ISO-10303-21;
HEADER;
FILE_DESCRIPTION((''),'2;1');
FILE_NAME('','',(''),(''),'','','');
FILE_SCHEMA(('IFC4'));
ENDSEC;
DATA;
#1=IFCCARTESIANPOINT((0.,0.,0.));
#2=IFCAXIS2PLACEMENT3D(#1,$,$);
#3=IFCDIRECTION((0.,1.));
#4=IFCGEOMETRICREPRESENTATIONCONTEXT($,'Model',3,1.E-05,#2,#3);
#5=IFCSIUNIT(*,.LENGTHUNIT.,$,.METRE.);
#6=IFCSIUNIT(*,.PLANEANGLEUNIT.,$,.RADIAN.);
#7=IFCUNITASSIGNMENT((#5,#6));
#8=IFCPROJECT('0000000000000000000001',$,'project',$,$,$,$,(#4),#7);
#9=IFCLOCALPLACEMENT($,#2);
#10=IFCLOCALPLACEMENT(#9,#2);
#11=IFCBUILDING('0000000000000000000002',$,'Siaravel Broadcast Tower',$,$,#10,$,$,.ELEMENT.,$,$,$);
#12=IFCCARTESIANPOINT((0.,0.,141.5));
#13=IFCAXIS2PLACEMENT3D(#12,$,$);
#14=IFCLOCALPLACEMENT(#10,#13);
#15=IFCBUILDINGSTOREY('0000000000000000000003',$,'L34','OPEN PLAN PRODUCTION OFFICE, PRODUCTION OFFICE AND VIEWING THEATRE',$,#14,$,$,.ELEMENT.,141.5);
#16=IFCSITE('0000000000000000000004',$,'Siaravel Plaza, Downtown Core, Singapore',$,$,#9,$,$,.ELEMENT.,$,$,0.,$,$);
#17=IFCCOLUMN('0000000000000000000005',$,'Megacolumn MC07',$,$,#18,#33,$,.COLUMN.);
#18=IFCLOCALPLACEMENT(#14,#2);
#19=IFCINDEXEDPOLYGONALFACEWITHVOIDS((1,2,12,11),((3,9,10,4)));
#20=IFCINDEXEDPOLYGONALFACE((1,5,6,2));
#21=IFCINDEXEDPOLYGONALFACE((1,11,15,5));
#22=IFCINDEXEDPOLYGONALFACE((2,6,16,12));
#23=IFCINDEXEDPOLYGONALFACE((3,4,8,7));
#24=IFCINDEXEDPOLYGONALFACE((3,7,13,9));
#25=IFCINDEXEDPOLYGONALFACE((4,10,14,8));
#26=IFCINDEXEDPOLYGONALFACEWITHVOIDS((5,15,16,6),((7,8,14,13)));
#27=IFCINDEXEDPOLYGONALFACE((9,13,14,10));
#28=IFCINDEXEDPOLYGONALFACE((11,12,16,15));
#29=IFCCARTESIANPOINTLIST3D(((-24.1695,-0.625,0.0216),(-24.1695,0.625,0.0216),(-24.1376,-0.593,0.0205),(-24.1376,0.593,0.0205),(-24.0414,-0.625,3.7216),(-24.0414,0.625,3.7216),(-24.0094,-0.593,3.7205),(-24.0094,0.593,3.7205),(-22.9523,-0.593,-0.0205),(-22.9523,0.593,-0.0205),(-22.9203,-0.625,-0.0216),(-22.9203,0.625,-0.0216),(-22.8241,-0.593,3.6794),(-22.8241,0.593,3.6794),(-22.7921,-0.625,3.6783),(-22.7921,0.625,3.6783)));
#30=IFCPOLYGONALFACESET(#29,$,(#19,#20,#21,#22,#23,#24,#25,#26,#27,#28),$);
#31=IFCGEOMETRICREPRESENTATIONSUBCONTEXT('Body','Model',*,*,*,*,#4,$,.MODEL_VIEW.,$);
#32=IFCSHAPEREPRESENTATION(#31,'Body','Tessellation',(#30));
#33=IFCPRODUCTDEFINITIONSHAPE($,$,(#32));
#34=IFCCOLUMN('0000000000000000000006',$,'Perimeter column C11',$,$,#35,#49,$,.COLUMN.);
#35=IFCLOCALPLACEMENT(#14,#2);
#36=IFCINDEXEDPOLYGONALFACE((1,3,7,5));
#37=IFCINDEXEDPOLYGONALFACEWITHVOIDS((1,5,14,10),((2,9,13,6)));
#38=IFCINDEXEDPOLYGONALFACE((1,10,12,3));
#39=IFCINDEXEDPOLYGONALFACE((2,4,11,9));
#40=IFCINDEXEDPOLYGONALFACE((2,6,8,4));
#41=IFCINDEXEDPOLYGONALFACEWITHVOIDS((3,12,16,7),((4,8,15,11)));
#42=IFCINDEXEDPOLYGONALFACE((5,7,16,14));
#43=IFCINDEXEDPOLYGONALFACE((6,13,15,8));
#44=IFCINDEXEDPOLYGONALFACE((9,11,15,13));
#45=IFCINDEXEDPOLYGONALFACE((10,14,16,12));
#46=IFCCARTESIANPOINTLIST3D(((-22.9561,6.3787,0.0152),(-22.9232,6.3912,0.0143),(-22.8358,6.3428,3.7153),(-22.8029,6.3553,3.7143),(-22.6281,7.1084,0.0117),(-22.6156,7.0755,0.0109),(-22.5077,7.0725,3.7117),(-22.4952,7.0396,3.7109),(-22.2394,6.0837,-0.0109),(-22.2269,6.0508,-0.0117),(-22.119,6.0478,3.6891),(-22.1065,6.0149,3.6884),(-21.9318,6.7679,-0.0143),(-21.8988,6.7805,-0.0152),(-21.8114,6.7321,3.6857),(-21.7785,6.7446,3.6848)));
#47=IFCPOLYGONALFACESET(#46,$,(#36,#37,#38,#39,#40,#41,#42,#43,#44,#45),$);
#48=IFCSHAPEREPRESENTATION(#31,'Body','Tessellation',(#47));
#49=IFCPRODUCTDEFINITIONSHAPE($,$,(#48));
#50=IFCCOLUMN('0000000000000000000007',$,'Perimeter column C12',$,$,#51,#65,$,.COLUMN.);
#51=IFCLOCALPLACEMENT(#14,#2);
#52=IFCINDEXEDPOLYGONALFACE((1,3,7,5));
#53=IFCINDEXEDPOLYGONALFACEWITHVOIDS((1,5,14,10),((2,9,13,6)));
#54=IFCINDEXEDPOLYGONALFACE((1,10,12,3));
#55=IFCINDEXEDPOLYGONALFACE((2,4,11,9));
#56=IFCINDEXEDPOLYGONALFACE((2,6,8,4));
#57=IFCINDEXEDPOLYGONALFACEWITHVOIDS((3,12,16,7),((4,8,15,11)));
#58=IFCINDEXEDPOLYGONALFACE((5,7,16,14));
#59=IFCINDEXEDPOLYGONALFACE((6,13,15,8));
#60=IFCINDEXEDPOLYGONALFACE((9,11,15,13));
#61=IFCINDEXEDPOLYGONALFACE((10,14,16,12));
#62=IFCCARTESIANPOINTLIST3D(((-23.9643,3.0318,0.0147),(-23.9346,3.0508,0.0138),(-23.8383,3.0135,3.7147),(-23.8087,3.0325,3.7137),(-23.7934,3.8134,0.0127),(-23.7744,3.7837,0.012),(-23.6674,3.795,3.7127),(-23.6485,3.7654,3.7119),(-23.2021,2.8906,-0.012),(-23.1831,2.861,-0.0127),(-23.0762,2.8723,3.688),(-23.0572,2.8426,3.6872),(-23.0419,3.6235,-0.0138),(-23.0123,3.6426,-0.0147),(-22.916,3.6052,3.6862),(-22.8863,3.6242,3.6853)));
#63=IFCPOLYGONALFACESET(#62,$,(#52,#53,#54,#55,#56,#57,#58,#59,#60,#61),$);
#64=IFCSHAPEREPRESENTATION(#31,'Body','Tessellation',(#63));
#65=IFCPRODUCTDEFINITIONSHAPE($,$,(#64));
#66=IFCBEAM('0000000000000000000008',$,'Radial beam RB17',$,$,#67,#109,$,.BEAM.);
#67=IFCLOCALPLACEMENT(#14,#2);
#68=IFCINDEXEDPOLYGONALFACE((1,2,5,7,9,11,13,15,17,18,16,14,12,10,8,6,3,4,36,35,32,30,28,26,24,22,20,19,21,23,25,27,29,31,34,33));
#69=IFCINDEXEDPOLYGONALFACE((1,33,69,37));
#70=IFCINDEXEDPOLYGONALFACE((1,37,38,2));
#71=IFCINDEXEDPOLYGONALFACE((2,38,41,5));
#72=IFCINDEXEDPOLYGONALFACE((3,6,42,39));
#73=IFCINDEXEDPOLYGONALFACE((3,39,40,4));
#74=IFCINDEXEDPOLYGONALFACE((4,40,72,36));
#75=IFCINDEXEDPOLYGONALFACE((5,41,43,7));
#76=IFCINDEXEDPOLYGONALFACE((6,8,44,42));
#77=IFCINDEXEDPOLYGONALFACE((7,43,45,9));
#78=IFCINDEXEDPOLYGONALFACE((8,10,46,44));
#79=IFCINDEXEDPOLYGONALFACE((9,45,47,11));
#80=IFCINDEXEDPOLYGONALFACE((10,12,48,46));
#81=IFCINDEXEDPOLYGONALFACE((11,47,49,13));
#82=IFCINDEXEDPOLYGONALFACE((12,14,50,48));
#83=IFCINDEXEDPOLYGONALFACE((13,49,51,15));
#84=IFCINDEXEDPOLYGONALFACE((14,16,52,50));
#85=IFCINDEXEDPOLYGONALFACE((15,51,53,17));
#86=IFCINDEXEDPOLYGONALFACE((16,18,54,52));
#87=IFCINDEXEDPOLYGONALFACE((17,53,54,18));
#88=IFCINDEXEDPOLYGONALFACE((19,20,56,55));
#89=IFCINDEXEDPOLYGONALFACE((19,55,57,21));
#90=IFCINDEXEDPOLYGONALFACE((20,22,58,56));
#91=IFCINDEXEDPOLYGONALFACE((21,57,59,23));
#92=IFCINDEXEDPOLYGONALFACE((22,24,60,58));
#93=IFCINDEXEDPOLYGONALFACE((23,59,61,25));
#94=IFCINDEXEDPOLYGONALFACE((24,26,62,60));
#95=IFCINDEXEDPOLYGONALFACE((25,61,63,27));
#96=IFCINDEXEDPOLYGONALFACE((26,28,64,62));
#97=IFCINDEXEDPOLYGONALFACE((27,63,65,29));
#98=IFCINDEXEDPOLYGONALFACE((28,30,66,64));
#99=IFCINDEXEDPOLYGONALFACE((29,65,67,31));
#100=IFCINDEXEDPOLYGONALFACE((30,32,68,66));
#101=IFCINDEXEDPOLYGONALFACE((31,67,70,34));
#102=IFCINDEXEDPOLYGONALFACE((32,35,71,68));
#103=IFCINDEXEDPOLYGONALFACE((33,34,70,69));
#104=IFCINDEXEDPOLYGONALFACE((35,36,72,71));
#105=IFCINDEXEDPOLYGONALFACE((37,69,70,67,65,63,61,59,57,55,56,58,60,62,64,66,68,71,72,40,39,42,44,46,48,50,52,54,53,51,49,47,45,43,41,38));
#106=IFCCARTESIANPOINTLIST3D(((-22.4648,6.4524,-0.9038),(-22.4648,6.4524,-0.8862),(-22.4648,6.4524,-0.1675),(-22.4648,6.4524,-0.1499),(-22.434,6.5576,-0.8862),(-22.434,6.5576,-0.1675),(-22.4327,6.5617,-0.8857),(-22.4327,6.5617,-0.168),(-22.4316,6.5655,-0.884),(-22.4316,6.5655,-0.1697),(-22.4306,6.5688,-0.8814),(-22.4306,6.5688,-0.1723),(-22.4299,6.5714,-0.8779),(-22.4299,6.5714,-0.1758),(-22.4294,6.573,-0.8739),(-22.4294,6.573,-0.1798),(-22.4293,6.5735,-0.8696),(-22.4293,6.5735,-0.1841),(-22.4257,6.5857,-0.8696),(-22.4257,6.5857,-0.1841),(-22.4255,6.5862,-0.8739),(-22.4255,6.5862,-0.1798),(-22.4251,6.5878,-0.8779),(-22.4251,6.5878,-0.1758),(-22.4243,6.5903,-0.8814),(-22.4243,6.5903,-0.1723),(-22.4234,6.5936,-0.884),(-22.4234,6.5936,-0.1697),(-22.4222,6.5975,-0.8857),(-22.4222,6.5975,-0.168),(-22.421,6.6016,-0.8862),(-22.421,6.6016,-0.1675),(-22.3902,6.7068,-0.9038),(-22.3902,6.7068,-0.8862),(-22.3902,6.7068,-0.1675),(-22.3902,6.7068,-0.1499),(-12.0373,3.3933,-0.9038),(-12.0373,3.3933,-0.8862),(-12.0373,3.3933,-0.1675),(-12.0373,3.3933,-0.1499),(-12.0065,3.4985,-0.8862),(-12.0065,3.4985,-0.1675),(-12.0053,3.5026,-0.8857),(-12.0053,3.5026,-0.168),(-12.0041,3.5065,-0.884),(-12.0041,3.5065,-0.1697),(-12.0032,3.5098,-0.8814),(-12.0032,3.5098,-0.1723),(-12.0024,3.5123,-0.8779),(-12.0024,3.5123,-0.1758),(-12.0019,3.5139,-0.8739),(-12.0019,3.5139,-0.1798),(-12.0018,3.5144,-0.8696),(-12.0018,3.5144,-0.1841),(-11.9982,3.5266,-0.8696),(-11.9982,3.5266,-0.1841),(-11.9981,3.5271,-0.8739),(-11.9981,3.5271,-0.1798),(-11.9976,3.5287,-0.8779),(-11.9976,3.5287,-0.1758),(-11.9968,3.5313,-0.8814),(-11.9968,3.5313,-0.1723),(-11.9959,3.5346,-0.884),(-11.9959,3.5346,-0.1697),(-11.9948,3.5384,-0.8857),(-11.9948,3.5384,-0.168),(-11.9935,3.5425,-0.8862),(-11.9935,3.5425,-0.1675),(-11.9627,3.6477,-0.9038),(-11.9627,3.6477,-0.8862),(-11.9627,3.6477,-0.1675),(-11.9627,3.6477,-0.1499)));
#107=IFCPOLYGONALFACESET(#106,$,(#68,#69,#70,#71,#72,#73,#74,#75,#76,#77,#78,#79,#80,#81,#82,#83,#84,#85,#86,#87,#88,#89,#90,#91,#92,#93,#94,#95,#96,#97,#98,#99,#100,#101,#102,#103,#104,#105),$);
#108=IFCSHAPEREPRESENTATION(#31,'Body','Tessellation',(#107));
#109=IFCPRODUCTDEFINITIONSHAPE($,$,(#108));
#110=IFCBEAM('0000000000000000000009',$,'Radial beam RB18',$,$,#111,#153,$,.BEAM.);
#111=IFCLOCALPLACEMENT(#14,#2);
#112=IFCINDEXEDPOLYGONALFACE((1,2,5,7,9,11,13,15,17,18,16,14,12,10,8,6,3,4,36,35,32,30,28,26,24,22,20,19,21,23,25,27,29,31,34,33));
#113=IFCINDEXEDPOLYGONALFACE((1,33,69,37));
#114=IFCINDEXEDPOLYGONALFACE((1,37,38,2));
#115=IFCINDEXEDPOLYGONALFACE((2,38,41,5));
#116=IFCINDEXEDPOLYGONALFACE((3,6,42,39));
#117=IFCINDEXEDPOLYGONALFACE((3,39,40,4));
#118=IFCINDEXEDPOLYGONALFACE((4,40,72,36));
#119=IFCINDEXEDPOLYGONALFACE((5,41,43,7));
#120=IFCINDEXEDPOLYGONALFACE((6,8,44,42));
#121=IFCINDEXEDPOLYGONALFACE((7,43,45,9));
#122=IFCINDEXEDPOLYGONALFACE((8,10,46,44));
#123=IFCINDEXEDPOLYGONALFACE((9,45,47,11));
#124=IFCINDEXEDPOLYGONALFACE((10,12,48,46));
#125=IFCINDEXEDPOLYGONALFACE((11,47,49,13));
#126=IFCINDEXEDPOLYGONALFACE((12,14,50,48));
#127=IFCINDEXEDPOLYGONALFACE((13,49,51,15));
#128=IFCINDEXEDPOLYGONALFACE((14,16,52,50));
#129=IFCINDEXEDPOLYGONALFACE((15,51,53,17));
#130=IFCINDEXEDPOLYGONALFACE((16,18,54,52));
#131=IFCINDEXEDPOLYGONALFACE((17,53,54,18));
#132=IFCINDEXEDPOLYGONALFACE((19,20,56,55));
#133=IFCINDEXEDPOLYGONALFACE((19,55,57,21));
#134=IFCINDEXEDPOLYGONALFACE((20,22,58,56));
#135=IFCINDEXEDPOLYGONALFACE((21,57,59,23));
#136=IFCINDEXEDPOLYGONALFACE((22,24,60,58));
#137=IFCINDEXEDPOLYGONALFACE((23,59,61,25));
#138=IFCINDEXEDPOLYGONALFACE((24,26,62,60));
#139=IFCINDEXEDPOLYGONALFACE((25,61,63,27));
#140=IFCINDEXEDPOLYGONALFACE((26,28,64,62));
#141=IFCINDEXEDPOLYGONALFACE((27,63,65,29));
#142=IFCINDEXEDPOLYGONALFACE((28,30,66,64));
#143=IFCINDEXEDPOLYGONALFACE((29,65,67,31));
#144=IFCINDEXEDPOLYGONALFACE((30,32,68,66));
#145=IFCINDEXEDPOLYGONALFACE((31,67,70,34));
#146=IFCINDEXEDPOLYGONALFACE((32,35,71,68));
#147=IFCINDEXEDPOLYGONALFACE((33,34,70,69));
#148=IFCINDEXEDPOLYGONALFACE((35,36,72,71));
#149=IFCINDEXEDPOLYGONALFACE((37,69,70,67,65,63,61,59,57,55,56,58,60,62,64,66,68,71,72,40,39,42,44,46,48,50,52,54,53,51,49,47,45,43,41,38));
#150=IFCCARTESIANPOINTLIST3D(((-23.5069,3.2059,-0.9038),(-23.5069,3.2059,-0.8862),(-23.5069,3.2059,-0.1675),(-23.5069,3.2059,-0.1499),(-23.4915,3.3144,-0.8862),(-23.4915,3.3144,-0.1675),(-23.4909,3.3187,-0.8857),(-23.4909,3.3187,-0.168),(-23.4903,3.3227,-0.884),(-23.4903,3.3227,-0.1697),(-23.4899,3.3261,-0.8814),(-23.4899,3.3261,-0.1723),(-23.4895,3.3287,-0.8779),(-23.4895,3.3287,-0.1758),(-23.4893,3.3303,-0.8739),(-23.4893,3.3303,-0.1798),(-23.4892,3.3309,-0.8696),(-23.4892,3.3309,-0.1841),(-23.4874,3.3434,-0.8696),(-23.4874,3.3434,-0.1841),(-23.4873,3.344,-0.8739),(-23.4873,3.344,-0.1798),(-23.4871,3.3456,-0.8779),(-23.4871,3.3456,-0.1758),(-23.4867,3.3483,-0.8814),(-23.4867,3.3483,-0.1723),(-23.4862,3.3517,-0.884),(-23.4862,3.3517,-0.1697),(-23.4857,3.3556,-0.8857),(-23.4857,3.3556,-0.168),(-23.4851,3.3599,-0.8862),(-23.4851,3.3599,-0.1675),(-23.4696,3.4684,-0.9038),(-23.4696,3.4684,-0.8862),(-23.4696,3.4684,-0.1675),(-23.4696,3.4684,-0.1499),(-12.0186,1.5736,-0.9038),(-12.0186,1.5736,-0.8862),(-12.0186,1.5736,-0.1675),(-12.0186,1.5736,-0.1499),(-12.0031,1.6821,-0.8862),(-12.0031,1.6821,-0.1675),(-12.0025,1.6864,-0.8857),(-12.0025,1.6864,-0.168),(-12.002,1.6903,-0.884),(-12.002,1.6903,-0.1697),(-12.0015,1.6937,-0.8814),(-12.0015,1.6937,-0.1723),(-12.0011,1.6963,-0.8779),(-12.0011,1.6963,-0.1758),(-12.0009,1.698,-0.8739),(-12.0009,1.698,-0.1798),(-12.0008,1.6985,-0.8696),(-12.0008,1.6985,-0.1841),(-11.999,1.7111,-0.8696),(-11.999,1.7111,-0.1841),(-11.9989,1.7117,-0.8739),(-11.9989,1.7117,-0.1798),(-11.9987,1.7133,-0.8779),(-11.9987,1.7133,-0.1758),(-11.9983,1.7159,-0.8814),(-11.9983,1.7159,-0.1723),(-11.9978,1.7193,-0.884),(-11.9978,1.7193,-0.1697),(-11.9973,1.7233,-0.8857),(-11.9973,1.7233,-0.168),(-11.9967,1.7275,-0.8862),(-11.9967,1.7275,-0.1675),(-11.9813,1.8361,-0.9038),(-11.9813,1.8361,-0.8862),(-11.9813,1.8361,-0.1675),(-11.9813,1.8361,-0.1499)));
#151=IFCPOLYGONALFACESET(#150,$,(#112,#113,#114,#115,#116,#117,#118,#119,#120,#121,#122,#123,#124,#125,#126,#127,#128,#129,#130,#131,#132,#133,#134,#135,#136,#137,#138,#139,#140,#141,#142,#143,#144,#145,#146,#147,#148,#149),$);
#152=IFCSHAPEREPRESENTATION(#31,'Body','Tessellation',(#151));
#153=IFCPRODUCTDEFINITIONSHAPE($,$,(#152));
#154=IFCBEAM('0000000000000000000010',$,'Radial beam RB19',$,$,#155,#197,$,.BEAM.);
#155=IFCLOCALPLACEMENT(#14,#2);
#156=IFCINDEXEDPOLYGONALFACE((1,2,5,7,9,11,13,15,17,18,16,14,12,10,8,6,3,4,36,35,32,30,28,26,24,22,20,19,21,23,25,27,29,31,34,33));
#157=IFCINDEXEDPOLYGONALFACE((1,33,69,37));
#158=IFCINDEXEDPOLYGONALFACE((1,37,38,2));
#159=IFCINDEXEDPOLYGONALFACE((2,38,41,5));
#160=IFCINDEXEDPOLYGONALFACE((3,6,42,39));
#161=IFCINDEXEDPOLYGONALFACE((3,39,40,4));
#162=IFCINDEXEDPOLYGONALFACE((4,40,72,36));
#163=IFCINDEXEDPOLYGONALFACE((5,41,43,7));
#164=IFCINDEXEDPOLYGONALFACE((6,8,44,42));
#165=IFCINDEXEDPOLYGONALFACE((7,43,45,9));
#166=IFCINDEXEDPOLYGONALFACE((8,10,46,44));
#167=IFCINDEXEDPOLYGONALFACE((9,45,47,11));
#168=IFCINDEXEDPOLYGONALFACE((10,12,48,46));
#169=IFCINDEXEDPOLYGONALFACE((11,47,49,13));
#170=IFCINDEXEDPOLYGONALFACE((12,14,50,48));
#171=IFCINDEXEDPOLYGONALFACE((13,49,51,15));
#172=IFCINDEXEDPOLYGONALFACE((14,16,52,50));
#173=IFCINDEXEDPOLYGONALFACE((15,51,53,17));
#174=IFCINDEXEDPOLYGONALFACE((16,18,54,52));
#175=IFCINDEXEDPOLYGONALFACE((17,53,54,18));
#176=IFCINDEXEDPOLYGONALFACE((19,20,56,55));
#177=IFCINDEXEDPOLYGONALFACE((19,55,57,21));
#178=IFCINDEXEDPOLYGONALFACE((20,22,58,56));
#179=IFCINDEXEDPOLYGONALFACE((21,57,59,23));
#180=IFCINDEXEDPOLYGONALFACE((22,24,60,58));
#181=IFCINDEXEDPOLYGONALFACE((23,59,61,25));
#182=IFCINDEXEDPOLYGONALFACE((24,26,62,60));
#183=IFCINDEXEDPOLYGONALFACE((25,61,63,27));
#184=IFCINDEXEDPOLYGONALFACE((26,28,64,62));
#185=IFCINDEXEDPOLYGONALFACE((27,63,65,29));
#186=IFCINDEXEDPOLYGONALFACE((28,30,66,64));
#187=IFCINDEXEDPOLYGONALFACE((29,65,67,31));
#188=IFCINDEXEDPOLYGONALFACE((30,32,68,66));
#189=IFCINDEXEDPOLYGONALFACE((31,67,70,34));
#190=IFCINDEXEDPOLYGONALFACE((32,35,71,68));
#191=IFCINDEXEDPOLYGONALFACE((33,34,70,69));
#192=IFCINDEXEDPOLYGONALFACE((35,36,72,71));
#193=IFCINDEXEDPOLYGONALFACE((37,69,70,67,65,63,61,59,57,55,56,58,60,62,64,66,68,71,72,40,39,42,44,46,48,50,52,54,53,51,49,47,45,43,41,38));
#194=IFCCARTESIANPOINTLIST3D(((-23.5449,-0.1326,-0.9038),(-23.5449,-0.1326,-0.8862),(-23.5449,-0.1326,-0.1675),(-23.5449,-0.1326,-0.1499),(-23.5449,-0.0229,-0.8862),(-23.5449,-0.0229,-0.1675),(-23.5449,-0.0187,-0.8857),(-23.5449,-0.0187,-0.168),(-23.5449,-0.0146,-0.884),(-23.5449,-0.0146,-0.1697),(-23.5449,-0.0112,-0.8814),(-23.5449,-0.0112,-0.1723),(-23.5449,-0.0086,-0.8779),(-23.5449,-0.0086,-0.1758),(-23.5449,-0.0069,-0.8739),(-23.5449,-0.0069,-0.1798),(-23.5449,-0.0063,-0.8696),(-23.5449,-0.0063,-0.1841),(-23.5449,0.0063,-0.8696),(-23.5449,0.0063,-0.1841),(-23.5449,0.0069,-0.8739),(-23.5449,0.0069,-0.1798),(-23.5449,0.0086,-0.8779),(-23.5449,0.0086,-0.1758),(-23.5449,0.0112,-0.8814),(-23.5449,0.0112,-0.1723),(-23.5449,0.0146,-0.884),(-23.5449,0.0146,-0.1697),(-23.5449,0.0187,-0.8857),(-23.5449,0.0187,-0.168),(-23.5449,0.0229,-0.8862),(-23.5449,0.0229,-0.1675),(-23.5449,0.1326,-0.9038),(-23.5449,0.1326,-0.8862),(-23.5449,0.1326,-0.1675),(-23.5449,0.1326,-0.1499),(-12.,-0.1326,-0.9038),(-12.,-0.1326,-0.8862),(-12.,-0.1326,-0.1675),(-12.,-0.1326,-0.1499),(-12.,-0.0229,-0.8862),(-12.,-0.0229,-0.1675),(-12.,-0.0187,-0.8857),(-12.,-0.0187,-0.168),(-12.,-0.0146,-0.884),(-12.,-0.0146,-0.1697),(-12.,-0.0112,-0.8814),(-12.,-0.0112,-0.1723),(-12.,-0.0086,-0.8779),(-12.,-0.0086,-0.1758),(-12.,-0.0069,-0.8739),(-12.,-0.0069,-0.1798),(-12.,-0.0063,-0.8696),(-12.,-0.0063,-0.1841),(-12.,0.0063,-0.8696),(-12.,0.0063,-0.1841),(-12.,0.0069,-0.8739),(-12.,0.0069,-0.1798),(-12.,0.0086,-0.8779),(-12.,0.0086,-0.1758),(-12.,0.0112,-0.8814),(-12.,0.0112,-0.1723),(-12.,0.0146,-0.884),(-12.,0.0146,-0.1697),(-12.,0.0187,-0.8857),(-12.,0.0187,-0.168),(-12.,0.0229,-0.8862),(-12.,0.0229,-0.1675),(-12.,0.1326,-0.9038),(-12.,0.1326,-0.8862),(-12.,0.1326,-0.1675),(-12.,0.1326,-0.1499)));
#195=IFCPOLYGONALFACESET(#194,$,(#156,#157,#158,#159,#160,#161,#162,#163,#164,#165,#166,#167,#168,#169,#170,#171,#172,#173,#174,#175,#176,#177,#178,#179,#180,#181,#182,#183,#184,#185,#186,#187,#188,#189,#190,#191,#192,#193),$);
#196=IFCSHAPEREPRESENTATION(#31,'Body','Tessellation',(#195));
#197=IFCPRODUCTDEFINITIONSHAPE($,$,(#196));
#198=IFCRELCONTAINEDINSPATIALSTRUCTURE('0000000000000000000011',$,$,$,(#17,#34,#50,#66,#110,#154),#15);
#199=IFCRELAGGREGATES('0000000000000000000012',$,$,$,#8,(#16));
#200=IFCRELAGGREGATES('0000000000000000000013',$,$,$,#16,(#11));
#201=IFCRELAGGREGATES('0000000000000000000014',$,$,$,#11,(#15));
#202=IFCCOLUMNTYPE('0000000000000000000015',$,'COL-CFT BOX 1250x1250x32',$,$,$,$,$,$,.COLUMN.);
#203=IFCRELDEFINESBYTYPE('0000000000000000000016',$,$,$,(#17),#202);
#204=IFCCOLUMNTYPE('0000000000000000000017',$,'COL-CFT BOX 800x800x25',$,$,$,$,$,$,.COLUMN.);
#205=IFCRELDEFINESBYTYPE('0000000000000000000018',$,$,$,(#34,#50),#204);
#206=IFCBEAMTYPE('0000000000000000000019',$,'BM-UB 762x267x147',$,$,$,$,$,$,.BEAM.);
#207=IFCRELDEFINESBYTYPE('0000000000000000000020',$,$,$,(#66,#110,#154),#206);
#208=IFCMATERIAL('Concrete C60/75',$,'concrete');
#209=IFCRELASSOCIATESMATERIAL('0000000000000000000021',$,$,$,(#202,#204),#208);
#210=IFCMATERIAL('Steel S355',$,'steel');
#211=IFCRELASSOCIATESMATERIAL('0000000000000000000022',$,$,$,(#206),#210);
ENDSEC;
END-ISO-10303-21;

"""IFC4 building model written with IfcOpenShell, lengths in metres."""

from ifc_helpers import new_model, si_unit, direction, frame, origin, origin_2d, place, context, subcontext, project, spatial, hollow_rectangle, i_section, extrude, material, material_profile, profile_set, type_object, element, save


model = new_model("IFC4")

# Units and contexts
model_context = context("Model", 3, precision=1e-05, world=origin(), true_north=direction((0.0, 1.0)))
body_context = subcontext(model_context, "Body", "Model", "MODEL_VIEW")
ifc_project = project(units=[si_unit("LENGTHUNIT", "METRE"), si_unit("PLANEANGLEUNIT", "RADIAN")], contexts=[model_context])

# Site, building, storey
site_placement = place(None, origin())
site = spatial("IfcSite", under=ifc_project, at=site_placement, Name="Siaravel Plaza, Downtown Core, Singapore", CompositionType="ELEMENT", RefElevation=0.0)
building_placement = place(site_placement, origin())
building = spatial("IfcBuilding", under=site, at=building_placement, Name="Siaravel Broadcast Tower", CompositionType="ELEMENT")
storey_placement = place(building_placement, frame((0.0, 0.0, 141.5)))
storey = spatial("IfcBuildingStorey", under=building, at=storey_placement, Name="L34", Description="OPEN PLAN PRODUCTION OFFICE, PRODUCTION OFFICE AND VIEWING THEATRE", CompositionType="ELEMENT", Elevation=141.5)

# Columns
ifc_material_1 = material(Name="Concrete C60/75", Category="concrete")
ifc_material_profile_1 = material_profile(ifc_material_1, hollow_rectangle(XDim=1.25, YDim=1.25, WallThickness=0.032, at=origin_2d()))
ifc_profile_set_1 = profile_set([ifc_material_profile_1], Name="Concrete C60/75")
column_type_1 = type_object("IfcColumnType", Name="COL-CFT BOX 1250x1250x32", PredefinedType="COLUMN", material=ifc_profile_set_1)
column_placement = place(storey_placement, frame((-23.5449, 0.0, 0.0), z_axis=(0.034621, 0.0, 0.999401), x_axis=(0.0, 1.0, 0.0)))
element("IfcColumn", 1, at=column_placement, inside=storey, type_object=column_type_1, Name="Megacolumn MC07", PredefinedType="COLUMN", context=body_context, shape_type="SweptSolid", body=[
    extrude(hollow_rectangle(XDim=1.25, YDim=1.25, WallThickness=0.032, at=origin_2d()), origin(), (0.0, 0.0, 1.0), 3.7021),
])
ifc_material_profile_2 = material_profile(ifc_material_1, hollow_rectangle(XDim=0.8, YDim=0.8, WallThickness=0.0249, at=origin_2d()))
ifc_profile_set_2 = profile_set([ifc_material_profile_2], Name="Concrete C60/75")
column_type_2 = type_object("IfcColumnType", Name="COL-CFT BOX 800x800x25", PredefinedType="COLUMN", material=ifc_profile_set_2)
for number, where, z_axis, x_axis, name in (
    (2, (-22.4275, 6.5796, 0.0), (0.032512, -0.009694, 0.999424), (0.410029, 0.912061, -0.004492), "Perimeter column C11"),
    (3, (-23.4883, 3.3372, 0.0), (0.034028, -0.004946, 0.999409), (0.213534, 0.976933, -0.002436), "Perimeter column C12"),
):
    element("IfcColumn", number, at=place(storey_placement, frame(where, z_axis=z_axis, x_axis=x_axis)), inside=storey, type_object=column_type_2, Name=name, PredefinedType="COLUMN", context=body_context, shape_type="SweptSolid", body=[
        extrude(hollow_rectangle(XDim=0.8, YDim=0.8, WallThickness=0.0249, at=origin_2d()), origin(), (0.0, 0.0, 1.0), 3.7021),
    ])

# Beams
ifc_material_2 = material(Name="Steel S355", Category="steel")
ifc_material_profile_3 = material_profile(ifc_material_2, i_section(OverallWidth=0.2651, OverallDepth=0.7539, WebThickness=0.0127, FlangeThickness=0.0176, FilletRadius=0.0166, at=origin_2d()))
ifc_profile_set_3 = profile_set([ifc_material_profile_3], Name="Steel S355")
beam_type = type_object("IfcBeamType", Name="BM-UB 762x267x147", PredefinedType="BEAM", material=ifc_profile_set_3)
beam_1_placement = place(storey_placement, frame((-22.4275, 6.5796, -0.5269), z_axis=(0.95956, -0.281503, 0.0), x_axis=(0.281503, 0.95956, 0.0)))
element("IfcBeam", 4, at=beam_1_placement, inside=storey, type_object=beam_type, Name="Radial beam RB17", PredefinedType="BEAM", context=body_context, shape_type="SweptSolid", body=[
    extrude(i_section(OverallWidth=0.2651, OverallDepth=0.7539, WebThickness=0.0127, FlangeThickness=0.0176, FilletRadius=0.0166, at=origin_2d()), origin(), (0.0, 0.0, 1.0), 10.8669),
])
beam_2_placement = place(storey_placement, frame((-23.4883, 3.3372, -0.5269), z_axis=(0.990056, -0.140673, 0.0), x_axis=(0.140673, 0.990056, 0.0)))
element("IfcBeam", 5, at=beam_2_placement, inside=storey, type_object=beam_type, Name="Radial beam RB18", PredefinedType="BEAM", context=body_context, shape_type="SweptSolid", body=[
    extrude(i_section(OverallWidth=0.2651, OverallDepth=0.7539, WebThickness=0.0127, FlangeThickness=0.0176, FilletRadius=0.0166, at=origin_2d()), origin(), (0.0, 0.0, 1.0), 11.6038),
])
beam_3_placement = place(storey_placement, frame((-23.5449, 0.0, -0.5269), z_axis=(1.0, 0.0, 0.0), x_axis=(0.0, 1.0, 0.0)))
element("IfcBeam", 6, at=beam_3_placement, inside=storey, type_object=beam_type, Name="Radial beam RB19", PredefinedType="BEAM", context=body_context, shape_type="SweptSolid", body=[
    extrude(i_section(OverallWidth=0.2651, OverallDepth=0.7539, WebThickness=0.0127, FlangeThickness=0.0176, FilletRadius=0.0166, at=origin_2d()), origin(), (0.0, 0.0, 1.0), 11.5449),
])

save(model, "model.ifc")
